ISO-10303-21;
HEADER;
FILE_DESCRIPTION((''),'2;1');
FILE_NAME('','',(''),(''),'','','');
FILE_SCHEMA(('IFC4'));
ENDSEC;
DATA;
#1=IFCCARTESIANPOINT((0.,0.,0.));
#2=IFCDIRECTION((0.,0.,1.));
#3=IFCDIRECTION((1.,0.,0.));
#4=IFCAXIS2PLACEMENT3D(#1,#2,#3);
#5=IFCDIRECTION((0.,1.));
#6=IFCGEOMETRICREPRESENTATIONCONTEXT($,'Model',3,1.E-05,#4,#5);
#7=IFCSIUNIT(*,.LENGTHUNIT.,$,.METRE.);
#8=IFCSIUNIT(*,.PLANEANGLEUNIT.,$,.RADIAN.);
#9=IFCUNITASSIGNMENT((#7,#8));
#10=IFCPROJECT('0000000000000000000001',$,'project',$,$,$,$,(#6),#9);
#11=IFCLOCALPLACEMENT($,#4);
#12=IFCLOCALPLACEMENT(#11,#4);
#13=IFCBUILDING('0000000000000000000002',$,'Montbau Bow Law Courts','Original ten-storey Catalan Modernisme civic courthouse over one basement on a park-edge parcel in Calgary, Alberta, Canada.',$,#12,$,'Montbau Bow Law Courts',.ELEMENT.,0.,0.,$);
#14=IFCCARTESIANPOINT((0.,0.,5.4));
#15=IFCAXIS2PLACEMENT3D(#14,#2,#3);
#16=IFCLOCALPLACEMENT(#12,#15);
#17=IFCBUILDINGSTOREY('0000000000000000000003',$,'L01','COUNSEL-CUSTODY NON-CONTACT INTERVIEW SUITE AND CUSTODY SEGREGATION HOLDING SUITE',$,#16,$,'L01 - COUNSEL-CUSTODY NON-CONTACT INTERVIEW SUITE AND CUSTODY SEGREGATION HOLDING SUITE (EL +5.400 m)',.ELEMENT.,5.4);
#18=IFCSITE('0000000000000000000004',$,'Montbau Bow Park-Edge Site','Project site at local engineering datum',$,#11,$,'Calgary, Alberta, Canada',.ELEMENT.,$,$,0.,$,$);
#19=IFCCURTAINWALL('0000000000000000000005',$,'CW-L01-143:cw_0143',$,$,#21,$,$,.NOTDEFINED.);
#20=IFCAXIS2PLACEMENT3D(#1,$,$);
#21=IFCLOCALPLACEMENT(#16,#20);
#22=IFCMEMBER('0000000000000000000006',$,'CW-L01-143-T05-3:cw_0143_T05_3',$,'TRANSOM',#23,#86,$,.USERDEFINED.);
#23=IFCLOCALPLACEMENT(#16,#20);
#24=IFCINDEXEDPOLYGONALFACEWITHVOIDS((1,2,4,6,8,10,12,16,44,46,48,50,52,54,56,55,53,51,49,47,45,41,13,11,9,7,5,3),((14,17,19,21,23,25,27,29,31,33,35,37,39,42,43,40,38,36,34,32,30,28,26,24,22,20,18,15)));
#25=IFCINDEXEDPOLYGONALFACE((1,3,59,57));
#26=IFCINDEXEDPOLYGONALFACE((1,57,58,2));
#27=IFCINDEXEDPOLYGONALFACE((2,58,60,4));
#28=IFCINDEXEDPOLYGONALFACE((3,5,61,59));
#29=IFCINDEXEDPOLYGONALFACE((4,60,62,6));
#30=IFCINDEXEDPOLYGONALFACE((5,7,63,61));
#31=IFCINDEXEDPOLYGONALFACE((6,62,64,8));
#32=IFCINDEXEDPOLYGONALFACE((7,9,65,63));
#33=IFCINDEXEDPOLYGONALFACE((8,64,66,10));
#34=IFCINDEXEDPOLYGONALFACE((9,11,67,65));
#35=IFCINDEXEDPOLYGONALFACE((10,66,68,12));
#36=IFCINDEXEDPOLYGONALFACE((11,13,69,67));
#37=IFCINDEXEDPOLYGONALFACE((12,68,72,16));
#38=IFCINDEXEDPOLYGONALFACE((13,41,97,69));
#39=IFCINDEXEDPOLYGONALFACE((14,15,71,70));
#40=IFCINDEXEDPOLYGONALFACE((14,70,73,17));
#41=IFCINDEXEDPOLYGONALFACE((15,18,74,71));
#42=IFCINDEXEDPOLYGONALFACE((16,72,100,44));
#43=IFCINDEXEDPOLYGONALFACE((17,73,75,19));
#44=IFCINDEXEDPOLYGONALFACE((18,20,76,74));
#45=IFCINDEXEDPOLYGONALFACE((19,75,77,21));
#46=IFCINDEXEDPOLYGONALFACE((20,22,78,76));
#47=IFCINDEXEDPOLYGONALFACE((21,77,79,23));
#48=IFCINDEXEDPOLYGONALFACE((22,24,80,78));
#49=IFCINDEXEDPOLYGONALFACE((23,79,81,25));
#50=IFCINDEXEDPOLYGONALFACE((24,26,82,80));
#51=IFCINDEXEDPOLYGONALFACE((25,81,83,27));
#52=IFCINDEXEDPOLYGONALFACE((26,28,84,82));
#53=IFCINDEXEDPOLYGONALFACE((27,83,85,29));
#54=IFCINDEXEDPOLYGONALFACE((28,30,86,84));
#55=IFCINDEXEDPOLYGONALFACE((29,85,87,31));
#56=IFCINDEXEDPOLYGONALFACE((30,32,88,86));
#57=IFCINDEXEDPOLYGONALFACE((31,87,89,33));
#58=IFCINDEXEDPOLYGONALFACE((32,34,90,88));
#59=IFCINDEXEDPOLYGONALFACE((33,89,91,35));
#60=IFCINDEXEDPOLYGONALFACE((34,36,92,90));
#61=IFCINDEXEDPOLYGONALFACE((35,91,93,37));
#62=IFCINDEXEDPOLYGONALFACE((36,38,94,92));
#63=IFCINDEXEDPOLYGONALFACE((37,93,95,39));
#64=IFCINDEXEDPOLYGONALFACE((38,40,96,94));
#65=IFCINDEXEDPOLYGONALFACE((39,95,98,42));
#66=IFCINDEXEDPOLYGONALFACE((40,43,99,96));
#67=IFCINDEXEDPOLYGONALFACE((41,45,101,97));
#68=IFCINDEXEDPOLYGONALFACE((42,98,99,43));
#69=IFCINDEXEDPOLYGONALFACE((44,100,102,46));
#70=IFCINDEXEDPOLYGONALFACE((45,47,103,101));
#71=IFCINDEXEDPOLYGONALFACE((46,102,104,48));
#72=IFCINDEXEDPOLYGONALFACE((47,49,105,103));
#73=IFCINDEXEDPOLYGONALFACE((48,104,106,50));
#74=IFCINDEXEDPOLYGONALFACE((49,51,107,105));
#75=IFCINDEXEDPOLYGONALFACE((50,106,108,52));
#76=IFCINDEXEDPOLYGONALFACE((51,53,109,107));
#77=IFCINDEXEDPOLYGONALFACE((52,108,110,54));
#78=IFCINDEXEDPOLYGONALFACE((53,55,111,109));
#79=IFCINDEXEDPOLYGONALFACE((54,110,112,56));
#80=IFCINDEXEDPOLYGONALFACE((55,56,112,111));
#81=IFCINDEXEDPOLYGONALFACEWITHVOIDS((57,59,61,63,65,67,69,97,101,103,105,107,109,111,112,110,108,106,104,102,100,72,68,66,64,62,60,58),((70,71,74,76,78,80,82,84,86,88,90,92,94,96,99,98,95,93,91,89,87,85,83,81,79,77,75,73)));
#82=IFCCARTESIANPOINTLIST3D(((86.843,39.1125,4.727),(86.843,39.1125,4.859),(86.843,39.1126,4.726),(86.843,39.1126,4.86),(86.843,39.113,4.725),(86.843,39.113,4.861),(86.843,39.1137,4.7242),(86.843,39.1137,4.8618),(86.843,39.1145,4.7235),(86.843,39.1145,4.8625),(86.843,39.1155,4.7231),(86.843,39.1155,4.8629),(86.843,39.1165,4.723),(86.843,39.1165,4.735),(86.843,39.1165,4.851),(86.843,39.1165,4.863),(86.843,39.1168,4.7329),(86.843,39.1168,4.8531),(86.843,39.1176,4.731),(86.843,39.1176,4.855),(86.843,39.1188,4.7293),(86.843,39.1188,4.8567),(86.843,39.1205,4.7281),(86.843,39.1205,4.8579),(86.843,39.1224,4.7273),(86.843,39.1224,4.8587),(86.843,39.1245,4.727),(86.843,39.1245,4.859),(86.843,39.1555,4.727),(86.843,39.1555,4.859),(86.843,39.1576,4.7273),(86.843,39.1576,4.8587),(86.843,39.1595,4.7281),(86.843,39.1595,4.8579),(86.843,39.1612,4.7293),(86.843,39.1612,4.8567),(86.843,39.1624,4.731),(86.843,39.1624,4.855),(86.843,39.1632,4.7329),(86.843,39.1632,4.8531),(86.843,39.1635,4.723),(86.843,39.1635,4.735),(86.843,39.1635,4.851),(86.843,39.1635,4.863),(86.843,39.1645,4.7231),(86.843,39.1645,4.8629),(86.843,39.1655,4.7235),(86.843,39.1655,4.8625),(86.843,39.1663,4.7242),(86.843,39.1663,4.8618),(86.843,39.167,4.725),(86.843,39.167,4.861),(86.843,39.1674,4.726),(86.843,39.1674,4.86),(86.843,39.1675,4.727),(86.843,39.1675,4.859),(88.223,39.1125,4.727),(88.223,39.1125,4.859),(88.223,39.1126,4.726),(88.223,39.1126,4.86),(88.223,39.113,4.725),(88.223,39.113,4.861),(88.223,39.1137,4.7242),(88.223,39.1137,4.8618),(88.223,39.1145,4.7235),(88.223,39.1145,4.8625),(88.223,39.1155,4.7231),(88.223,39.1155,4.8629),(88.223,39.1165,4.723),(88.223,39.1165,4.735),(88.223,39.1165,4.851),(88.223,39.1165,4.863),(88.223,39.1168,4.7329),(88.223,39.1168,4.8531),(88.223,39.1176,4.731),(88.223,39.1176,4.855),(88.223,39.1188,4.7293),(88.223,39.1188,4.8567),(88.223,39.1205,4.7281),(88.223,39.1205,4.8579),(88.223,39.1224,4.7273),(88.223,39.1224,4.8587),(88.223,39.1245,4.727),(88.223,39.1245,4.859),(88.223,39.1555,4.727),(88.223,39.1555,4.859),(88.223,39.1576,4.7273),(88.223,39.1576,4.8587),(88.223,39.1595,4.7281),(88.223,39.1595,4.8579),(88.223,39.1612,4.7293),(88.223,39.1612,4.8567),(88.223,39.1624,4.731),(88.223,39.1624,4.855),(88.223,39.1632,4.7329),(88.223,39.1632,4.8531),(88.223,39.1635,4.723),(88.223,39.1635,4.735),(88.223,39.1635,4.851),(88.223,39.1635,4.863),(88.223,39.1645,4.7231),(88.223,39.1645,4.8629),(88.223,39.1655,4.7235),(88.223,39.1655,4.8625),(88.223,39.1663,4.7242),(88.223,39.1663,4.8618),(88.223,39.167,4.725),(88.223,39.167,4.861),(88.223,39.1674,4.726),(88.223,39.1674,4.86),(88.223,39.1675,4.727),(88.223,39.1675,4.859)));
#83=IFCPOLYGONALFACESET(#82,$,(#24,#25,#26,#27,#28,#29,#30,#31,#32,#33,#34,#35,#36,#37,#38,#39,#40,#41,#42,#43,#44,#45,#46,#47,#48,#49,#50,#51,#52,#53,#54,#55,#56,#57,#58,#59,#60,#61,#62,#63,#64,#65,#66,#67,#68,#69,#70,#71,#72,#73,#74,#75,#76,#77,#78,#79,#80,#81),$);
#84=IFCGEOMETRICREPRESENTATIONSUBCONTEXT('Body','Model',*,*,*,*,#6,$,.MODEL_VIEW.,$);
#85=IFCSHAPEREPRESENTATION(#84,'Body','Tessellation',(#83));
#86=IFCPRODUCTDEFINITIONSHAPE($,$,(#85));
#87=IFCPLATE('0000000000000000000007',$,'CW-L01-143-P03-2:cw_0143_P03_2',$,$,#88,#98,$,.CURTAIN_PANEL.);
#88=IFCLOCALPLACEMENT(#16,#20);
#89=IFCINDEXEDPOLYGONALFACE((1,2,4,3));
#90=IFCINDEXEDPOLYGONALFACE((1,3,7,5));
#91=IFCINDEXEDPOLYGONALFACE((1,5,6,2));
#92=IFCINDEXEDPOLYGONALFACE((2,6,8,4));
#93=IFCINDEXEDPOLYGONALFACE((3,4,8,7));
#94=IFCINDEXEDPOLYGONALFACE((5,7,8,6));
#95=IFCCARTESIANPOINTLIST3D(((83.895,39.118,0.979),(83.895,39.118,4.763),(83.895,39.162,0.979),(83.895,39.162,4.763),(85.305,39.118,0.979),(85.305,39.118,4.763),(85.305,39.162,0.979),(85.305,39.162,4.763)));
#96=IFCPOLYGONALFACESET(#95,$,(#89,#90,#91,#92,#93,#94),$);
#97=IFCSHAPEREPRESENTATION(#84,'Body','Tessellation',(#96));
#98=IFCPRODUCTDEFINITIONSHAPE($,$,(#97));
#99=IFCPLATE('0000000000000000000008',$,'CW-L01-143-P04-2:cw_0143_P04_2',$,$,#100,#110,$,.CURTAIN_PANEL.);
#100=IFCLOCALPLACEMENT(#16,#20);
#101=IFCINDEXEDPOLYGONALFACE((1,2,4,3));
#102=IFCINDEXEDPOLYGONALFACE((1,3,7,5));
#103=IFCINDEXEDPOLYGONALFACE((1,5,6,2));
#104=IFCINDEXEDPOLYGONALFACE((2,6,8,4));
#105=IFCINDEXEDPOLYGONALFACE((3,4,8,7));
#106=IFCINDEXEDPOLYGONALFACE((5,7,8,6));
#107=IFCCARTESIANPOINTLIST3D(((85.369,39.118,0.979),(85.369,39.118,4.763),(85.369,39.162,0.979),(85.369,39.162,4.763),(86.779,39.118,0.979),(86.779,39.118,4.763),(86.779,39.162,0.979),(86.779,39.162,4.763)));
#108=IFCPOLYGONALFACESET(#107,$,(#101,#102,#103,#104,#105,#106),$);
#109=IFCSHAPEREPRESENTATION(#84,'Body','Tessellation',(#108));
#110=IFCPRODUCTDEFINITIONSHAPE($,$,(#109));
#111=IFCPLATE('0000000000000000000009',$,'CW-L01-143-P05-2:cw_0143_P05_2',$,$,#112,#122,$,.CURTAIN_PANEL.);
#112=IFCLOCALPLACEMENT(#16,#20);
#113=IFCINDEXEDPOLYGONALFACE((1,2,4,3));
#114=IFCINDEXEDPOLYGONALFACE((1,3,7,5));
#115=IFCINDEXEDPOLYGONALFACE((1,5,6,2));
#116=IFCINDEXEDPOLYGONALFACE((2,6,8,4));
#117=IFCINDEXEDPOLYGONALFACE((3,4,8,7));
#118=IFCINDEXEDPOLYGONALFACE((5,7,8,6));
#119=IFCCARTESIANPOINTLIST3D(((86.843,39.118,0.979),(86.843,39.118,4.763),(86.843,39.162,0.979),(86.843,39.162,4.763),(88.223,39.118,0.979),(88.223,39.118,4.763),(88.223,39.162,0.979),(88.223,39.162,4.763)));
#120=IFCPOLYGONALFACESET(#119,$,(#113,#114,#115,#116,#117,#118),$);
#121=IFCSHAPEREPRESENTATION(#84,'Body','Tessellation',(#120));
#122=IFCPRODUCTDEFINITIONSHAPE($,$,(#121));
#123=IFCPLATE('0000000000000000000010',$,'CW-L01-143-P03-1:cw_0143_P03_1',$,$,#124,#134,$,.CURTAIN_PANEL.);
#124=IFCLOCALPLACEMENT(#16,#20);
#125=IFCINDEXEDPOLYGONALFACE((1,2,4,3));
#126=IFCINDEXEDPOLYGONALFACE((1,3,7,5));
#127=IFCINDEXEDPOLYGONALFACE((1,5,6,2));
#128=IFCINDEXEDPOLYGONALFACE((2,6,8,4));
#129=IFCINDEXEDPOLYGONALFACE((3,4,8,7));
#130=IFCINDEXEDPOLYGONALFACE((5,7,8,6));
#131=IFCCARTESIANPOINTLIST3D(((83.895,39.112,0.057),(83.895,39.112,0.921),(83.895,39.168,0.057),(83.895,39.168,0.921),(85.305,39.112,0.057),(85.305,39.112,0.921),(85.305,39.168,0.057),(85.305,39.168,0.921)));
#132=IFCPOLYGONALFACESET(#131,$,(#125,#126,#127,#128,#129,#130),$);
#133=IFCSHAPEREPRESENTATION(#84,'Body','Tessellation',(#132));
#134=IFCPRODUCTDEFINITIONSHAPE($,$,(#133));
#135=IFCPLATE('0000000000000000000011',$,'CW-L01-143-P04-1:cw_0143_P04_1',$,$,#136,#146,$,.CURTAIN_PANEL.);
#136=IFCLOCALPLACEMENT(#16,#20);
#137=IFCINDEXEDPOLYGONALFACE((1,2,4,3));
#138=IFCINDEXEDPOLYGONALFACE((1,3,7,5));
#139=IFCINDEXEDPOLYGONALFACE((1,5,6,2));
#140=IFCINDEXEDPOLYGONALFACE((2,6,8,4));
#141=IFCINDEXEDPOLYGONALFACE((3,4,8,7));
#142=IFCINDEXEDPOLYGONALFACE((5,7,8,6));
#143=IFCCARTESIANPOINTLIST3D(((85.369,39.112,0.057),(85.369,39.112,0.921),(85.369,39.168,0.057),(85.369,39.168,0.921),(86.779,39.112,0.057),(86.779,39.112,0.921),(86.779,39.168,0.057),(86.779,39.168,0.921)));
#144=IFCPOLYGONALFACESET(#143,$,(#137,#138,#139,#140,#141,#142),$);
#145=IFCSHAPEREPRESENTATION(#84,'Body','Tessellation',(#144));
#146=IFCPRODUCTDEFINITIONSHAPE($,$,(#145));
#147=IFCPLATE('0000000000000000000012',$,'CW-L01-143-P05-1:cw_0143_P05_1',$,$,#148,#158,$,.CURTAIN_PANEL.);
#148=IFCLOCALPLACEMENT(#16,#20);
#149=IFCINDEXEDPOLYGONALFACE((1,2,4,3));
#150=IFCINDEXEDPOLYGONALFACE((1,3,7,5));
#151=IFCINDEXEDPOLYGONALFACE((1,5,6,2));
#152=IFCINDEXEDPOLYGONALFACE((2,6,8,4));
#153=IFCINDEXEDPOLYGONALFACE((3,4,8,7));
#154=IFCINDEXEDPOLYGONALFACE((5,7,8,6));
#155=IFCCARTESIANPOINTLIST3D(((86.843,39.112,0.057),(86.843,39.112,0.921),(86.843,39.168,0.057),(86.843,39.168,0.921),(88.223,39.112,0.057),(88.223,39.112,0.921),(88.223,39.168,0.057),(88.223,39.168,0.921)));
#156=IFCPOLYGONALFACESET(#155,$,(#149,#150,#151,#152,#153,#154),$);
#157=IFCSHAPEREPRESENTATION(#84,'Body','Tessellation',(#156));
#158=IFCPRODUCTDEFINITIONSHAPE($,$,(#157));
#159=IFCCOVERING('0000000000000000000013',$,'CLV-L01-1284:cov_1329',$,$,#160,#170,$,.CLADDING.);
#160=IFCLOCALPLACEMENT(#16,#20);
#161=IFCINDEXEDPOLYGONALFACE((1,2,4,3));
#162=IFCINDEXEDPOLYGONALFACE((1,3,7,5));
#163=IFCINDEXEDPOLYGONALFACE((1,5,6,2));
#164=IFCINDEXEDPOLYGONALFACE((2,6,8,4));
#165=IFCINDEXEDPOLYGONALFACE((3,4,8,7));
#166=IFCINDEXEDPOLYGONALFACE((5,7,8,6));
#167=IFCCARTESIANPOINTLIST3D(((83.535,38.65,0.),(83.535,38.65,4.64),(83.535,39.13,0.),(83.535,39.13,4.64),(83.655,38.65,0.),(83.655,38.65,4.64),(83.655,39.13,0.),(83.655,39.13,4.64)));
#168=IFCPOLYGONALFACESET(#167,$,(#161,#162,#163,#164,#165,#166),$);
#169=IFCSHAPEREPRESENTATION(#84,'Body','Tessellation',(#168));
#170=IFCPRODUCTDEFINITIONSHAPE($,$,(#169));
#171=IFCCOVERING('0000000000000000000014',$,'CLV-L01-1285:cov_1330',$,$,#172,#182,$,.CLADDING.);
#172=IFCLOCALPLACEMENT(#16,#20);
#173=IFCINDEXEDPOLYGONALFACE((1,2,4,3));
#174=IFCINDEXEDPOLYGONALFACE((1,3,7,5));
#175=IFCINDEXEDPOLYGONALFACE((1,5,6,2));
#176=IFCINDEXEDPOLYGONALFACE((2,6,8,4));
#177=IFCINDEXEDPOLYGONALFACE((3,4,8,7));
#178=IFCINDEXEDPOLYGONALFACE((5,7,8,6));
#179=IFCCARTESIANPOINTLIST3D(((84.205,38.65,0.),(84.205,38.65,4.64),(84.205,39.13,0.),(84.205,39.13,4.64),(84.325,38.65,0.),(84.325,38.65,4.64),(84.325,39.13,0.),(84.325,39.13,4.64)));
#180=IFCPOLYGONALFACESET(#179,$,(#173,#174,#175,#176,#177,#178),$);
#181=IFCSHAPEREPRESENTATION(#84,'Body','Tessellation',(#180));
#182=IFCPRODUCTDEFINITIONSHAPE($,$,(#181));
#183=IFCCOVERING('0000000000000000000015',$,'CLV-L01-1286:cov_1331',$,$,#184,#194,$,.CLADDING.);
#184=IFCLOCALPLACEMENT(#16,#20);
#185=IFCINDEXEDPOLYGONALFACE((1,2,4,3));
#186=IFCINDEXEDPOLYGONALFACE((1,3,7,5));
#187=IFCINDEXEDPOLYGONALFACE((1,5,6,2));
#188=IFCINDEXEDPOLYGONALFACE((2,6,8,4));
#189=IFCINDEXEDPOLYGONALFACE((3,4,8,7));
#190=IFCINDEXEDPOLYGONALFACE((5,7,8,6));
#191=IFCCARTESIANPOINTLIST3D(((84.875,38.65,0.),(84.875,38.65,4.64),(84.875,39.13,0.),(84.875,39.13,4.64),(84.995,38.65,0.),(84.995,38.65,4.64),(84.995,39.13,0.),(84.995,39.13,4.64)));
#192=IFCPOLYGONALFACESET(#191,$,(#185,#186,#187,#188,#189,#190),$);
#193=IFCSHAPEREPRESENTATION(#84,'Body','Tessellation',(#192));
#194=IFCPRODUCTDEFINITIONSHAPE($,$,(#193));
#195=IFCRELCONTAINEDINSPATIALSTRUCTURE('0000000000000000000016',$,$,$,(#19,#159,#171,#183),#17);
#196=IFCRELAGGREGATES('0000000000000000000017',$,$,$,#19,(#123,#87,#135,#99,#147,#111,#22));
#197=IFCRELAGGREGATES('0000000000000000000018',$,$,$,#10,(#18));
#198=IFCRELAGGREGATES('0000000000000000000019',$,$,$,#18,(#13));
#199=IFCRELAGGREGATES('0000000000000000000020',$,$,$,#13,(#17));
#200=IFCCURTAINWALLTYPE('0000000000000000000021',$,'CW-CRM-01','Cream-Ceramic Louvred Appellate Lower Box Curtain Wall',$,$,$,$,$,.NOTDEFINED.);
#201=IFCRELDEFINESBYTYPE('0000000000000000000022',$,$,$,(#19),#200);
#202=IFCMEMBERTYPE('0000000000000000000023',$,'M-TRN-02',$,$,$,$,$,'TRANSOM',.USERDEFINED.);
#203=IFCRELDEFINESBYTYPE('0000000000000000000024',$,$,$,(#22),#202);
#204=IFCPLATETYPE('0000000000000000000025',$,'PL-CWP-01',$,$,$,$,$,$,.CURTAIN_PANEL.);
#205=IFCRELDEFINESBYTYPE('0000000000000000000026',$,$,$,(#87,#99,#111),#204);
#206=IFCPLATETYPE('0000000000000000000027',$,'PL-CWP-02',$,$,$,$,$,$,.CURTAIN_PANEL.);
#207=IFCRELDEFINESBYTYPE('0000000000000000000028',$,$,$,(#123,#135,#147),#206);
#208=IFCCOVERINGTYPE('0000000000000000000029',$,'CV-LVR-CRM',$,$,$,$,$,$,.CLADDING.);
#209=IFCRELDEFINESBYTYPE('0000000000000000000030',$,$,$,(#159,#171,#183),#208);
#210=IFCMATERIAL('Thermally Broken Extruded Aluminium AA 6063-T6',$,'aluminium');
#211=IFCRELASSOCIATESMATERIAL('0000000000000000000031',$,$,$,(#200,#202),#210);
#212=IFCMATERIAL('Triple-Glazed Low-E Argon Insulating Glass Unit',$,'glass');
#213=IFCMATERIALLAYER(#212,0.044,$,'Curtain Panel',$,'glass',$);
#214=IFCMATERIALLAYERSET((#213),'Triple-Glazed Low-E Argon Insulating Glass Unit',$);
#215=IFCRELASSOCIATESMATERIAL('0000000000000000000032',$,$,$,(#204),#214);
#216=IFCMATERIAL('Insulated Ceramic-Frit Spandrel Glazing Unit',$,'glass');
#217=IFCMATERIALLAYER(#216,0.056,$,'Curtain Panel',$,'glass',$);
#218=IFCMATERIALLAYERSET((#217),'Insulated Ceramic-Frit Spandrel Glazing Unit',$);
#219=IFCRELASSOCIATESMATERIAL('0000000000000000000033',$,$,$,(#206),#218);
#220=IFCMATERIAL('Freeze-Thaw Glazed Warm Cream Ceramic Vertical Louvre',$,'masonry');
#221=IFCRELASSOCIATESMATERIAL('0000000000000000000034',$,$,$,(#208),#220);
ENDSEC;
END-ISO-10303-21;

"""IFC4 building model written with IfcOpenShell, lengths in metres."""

from ifc_helpers import new_model, si_unit, direction, frame, frame_2d, origin_with_axes, origin_2d_with_axis, place, context, subcontext, project, spatial, rectangle, hollow_rectangle, extrude, material, layer, layer_set, material_profile, profile_set, type_object, element, aggregate, save


model = new_model("IFC4")

# Units and contexts
model_context = context("Model", 3, precision=1e-05, world=origin_with_axes(), true_north=direction((0.0, 1.0)))
body_context = subcontext(model_context, "Body", "Model", "MODEL_VIEW")
ifc_project = project(units=[si_unit("LENGTHUNIT", "METRE"), si_unit("PLANEANGLEUNIT", "RADIAN")], contexts=[model_context])

# Site, building, storey
site_placement = place(None, origin_with_axes())
site = spatial("IfcSite", under=ifc_project, at=site_placement, Name="Montbau Bow Park-Edge Site", Description="Project site at local engineering datum", LongName="Calgary, Alberta, Canada", CompositionType="ELEMENT", RefElevation=0.0)
building_placement = place(site_placement, origin_with_axes())
building = spatial("IfcBuilding", under=site, at=building_placement, Name="Montbau Bow Law Courts", Description="Original ten-storey Catalan Modernisme civic courthouse over one basement on a park-edge parcel in Calgary, Alberta, Canada.", LongName="Montbau Bow Law Courts", CompositionType="ELEMENT", ElevationOfRefHeight=0.0, ElevationOfTerrain=0.0)
storey_placement = place(building_placement, frame((0.0, 0.0, 5.4), z_axis=(0.0, 0.0, 1.0), x_axis=(1.0, 0.0, 0.0)))
storey = spatial("IfcBuildingStorey", under=building, at=storey_placement, Name="L01", Description="COUNSEL-CUSTODY NON-CONTACT INTERVIEW SUITE AND CUSTODY SEGREGATION HOLDING SUITE", LongName="L01 - COUNSEL-CUSTODY NON-CONTACT INTERVIEW SUITE AND CUSTODY SEGREGATION HOLDING SUITE (EL +5.400 m)", CompositionType="ELEMENT", Elevation=5.4)

# Curtain wall, member, plates
ifc_material_1 = material(Name="Thermally Broken Extruded Aluminium AA 6063-T6", Category="aluminium")
curtain_wall_type = type_object("IfcCurtainWallType", Name="CW-CRM-01", Description="Cream-Ceramic Louvred Appellate Lower Box Curtain Wall", PredefinedType="NOTDEFINED", material=ifc_material_1)
curtain_wall_placement = place(None, frame((80.915, 39.14, 5.4), z_axis=(0.0, 0.0, 1.0), x_axis=(1.0, 0.0, 0.0)))
curtain_wall = element("IfcCurtainWall", 1, at=curtain_wall_placement, inside=storey, type_object=curtain_wall_type, Name="CW-L01-143:cw_0143", PredefinedType="NOTDEFINED")
ifc_material_profile_1 = material_profile(ifc_material_1, hollow_rectangle(XDim=0.055, YDim=0.14, WallThickness=0.004, InnerFilletRadius=0.008, OuterFilletRadius=0.004, at=origin_2d_with_axis()), Name="CWT-140X55", Category="Main", Priority=0)
ifc_profile_set_1 = profile_set([ifc_material_profile_1], Name="Thermally Broken Extruded Aluminium AA 6063-T6")
member_type_1 = type_object("IfcMemberType", Name="M-TRN-02", ElementType="TRANSOM", PredefinedType="USERDEFINED", material=ifc_profile_set_1)
member_1_placement = place(None, frame((86.843, 39.14, 10.193), z_axis=(1.0, 0.0, 0.0), x_axis=(0.0, 1.0, 0.0)))
member_1 = element("IfcMember", 2, at=member_1_placement, type_object=member_type_1, Name="CW-L01-143-T05-3:cw_0143_T05_3", ObjectType="TRANSOM", PredefinedType="USERDEFINED", context=body_context, shape_type="SweptSolid", body=[
    extrude(hollow_rectangle(XDim=0.055, YDim=0.14, WallThickness=0.004, InnerFilletRadius=0.008, OuterFilletRadius=0.004, at=origin_2d_with_axis()), origin_with_axes(), (0.0, 0.0, 1.0), 1.38),
])
ifc_material_2 = material(Name="Triple-Glazed Low-E Argon Insulating Glass Unit", Category="glass")
ifc_layer_1 = layer(ifc_material_2, 0.044, Name="Curtain Panel", Category="glass")
ifc_layer_set_1 = layer_set([ifc_layer_1], Name="Triple-Glazed Low-E Argon Insulating Glass Unit")
plate_type_1 = type_object("IfcPlateType", Name="PL-CWP-01", PredefinedType="CURTAIN_PANEL", material=ifc_layer_set_1)
plate_1_placement = place(None, frame((83.895, 39.14, 6.379), z_axis=(0.0, -1.0, 0.0), x_axis=(1.0, 0.0, 0.0)))
plate_1 = element("IfcPlate", 3, at=plate_1_placement, type_object=plate_type_1, Name="CW-L01-143-P03-2:cw_0143_P03_2", PredefinedType="CURTAIN_PANEL", context=body_context, shape_type="SweptSolid", body=[
    extrude(rectangle(XDim=1.41, YDim=3.784, at=frame_2d((0.705, 1.892), x_axis=(1.0, 0.0))), frame((0.0, 0.0, -0.022), z_axis=(0.0, 0.0, 1.0), x_axis=(1.0, 0.0, 0.0)), (0.0, 0.0, 1.0), 0.044),
])
plate_2_placement = place(None, frame((85.369, 39.14, 6.379), z_axis=(0.0, -1.0, 0.0), x_axis=(1.0, 0.0, 0.0)))
plate_2 = element("IfcPlate", 4, at=plate_2_placement, type_object=plate_type_1, Name="CW-L01-143-P04-2:cw_0143_P04_2", PredefinedType="CURTAIN_PANEL", context=body_context, shape_type="SweptSolid", body=[
    extrude(rectangle(XDim=1.41, YDim=3.784, at=frame_2d((0.705, 1.892), x_axis=(1.0, 0.0))), frame((0.0, 0.0, -0.022), z_axis=(0.0, 0.0, 1.0), x_axis=(1.0, 0.0, 0.0)), (0.0, 0.0, 1.0), 0.044),
])
plate_3_placement = place(None, frame((86.843, 39.14, 6.379), z_axis=(0.0, -1.0, 0.0), x_axis=(1.0, 0.0, 0.0)))
plate_3 = element("IfcPlate", 5, at=plate_3_placement, type_object=plate_type_1, Name="CW-L01-143-P05-2:cw_0143_P05_2", PredefinedType="CURTAIN_PANEL", context=body_context, shape_type="SweptSolid", body=[
    extrude(rectangle(XDim=1.38, YDim=3.784, at=frame_2d((0.69, 1.892), x_axis=(1.0, 0.0))), frame((0.0, 0.0, -0.022), z_axis=(0.0, 0.0, 1.0), x_axis=(1.0, 0.0, 0.0)), (0.0, 0.0, 1.0), 0.044),
])
ifc_material_3 = material(Name="Insulated Ceramic-Frit Spandrel Glazing Unit", Category="glass")
ifc_layer_2 = layer(ifc_material_3, 0.056, Name="Curtain Panel", Category="glass")
ifc_layer_set_2 = layer_set([ifc_layer_2], Name="Insulated Ceramic-Frit Spandrel Glazing Unit")
plate_type_2 = type_object("IfcPlateType", Name="PL-CWP-02", PredefinedType="CURTAIN_PANEL", material=ifc_layer_set_2)
plate_4_placement = place(None, frame((83.895, 39.14, 5.457), z_axis=(0.0, -1.0, 0.0), x_axis=(1.0, 0.0, 0.0)))
plate_4 = element("IfcPlate", 6, at=plate_4_placement, type_object=plate_type_2, Name="CW-L01-143-P03-1:cw_0143_P03_1", PredefinedType="CURTAIN_PANEL", context=body_context, shape_type="SweptSolid", body=[
    extrude(rectangle(XDim=1.41, YDim=0.864, at=frame_2d((0.705, 0.432), x_axis=(1.0, 0.0))), frame((0.0, 0.0, -0.028), z_axis=(0.0, 0.0, 1.0), x_axis=(1.0, 0.0, 0.0)), (0.0, 0.0, 1.0), 0.056),
])
plate_5_placement = place(None, frame((85.369, 39.14, 5.457), z_axis=(0.0, -1.0, 0.0), x_axis=(1.0, 0.0, 0.0)))
plate_5 = element("IfcPlate", 7, at=plate_5_placement, type_object=plate_type_2, Name="CW-L01-143-P04-1:cw_0143_P04_1", PredefinedType="CURTAIN_PANEL", context=body_context, shape_type="SweptSolid", body=[
    extrude(rectangle(XDim=1.41, YDim=0.864, at=frame_2d((0.705, 0.432), x_axis=(1.0, 0.0))), frame((0.0, 0.0, -0.028), z_axis=(0.0, 0.0, 1.0), x_axis=(1.0, 0.0, 0.0)), (0.0, 0.0, 1.0), 0.056),
])
plate_6_placement = place(None, frame((86.843, 39.14, 5.457), z_axis=(0.0, -1.0, 0.0), x_axis=(1.0, 0.0, 0.0)))
plate_6 = element("IfcPlate", 8, at=plate_6_placement, type_object=plate_type_2, Name="CW-L01-143-P05-1:cw_0143_P05_1", PredefinedType="CURTAIN_PANEL", context=body_context, shape_type="SweptSolid", body=[
    extrude(rectangle(XDim=1.38, YDim=0.864, at=frame_2d((0.69, 0.432), x_axis=(1.0, 0.0))), frame((0.0, 0.0, -0.028), z_axis=(0.0, 0.0, 1.0), x_axis=(1.0, 0.0, 0.0)), (0.0, 0.0, 1.0), 0.056),
])
aggregate(curtain_wall, [plate_4, plate_1, plate_5, plate_2, plate_6, plate_3, member_1])

# Coverings
ifc_material_4 = material(Name="Freeze-Thaw Glazed Warm Cream Ceramic Vertical Louvre", Category="masonry")
covering_type = type_object("IfcCoveringType", Name="CV-LVR-CRM", PredefinedType="CLADDING", material=ifc_material_4)
for number, where, z_axis, x_axis, name in (
    (9, (83.595, 39.13, 5.4), (-1.0, 0.0, 0.0), (0.0, -1.0, 0.0), "CLV-L01-1284:cov_1329"),
    (10, (84.265, 39.13, 5.4), (-1.0, 0.0, 0.0), (0.0, -1.0, 0.0), "CLV-L01-1285:cov_1330"),
    (11, (84.935, 39.13, 5.4), (-1.0, 0.0, 0.0), (0.0, -1.0, 0.0), "CLV-L01-1286:cov_1331"),
):
    element("IfcCovering", number, at=place(None, frame(where, z_axis=z_axis, x_axis=x_axis)), inside=storey, type_object=covering_type, Name=name, PredefinedType="CLADDING", context=body_context, shape_type="SweptSolid", body=[
        extrude(rectangle(XDim=0.48, YDim=4.64, at=frame_2d((0.24, 2.32), x_axis=(1.0, 0.0))), frame((0.0, 0.0, -0.06), z_axis=(0.0, 0.0, 1.0), x_axis=(1.0, 0.0, 0.0)), (0.0, 0.0, 1.0), 0.12),
    ])

save(model, "model.ifc")
